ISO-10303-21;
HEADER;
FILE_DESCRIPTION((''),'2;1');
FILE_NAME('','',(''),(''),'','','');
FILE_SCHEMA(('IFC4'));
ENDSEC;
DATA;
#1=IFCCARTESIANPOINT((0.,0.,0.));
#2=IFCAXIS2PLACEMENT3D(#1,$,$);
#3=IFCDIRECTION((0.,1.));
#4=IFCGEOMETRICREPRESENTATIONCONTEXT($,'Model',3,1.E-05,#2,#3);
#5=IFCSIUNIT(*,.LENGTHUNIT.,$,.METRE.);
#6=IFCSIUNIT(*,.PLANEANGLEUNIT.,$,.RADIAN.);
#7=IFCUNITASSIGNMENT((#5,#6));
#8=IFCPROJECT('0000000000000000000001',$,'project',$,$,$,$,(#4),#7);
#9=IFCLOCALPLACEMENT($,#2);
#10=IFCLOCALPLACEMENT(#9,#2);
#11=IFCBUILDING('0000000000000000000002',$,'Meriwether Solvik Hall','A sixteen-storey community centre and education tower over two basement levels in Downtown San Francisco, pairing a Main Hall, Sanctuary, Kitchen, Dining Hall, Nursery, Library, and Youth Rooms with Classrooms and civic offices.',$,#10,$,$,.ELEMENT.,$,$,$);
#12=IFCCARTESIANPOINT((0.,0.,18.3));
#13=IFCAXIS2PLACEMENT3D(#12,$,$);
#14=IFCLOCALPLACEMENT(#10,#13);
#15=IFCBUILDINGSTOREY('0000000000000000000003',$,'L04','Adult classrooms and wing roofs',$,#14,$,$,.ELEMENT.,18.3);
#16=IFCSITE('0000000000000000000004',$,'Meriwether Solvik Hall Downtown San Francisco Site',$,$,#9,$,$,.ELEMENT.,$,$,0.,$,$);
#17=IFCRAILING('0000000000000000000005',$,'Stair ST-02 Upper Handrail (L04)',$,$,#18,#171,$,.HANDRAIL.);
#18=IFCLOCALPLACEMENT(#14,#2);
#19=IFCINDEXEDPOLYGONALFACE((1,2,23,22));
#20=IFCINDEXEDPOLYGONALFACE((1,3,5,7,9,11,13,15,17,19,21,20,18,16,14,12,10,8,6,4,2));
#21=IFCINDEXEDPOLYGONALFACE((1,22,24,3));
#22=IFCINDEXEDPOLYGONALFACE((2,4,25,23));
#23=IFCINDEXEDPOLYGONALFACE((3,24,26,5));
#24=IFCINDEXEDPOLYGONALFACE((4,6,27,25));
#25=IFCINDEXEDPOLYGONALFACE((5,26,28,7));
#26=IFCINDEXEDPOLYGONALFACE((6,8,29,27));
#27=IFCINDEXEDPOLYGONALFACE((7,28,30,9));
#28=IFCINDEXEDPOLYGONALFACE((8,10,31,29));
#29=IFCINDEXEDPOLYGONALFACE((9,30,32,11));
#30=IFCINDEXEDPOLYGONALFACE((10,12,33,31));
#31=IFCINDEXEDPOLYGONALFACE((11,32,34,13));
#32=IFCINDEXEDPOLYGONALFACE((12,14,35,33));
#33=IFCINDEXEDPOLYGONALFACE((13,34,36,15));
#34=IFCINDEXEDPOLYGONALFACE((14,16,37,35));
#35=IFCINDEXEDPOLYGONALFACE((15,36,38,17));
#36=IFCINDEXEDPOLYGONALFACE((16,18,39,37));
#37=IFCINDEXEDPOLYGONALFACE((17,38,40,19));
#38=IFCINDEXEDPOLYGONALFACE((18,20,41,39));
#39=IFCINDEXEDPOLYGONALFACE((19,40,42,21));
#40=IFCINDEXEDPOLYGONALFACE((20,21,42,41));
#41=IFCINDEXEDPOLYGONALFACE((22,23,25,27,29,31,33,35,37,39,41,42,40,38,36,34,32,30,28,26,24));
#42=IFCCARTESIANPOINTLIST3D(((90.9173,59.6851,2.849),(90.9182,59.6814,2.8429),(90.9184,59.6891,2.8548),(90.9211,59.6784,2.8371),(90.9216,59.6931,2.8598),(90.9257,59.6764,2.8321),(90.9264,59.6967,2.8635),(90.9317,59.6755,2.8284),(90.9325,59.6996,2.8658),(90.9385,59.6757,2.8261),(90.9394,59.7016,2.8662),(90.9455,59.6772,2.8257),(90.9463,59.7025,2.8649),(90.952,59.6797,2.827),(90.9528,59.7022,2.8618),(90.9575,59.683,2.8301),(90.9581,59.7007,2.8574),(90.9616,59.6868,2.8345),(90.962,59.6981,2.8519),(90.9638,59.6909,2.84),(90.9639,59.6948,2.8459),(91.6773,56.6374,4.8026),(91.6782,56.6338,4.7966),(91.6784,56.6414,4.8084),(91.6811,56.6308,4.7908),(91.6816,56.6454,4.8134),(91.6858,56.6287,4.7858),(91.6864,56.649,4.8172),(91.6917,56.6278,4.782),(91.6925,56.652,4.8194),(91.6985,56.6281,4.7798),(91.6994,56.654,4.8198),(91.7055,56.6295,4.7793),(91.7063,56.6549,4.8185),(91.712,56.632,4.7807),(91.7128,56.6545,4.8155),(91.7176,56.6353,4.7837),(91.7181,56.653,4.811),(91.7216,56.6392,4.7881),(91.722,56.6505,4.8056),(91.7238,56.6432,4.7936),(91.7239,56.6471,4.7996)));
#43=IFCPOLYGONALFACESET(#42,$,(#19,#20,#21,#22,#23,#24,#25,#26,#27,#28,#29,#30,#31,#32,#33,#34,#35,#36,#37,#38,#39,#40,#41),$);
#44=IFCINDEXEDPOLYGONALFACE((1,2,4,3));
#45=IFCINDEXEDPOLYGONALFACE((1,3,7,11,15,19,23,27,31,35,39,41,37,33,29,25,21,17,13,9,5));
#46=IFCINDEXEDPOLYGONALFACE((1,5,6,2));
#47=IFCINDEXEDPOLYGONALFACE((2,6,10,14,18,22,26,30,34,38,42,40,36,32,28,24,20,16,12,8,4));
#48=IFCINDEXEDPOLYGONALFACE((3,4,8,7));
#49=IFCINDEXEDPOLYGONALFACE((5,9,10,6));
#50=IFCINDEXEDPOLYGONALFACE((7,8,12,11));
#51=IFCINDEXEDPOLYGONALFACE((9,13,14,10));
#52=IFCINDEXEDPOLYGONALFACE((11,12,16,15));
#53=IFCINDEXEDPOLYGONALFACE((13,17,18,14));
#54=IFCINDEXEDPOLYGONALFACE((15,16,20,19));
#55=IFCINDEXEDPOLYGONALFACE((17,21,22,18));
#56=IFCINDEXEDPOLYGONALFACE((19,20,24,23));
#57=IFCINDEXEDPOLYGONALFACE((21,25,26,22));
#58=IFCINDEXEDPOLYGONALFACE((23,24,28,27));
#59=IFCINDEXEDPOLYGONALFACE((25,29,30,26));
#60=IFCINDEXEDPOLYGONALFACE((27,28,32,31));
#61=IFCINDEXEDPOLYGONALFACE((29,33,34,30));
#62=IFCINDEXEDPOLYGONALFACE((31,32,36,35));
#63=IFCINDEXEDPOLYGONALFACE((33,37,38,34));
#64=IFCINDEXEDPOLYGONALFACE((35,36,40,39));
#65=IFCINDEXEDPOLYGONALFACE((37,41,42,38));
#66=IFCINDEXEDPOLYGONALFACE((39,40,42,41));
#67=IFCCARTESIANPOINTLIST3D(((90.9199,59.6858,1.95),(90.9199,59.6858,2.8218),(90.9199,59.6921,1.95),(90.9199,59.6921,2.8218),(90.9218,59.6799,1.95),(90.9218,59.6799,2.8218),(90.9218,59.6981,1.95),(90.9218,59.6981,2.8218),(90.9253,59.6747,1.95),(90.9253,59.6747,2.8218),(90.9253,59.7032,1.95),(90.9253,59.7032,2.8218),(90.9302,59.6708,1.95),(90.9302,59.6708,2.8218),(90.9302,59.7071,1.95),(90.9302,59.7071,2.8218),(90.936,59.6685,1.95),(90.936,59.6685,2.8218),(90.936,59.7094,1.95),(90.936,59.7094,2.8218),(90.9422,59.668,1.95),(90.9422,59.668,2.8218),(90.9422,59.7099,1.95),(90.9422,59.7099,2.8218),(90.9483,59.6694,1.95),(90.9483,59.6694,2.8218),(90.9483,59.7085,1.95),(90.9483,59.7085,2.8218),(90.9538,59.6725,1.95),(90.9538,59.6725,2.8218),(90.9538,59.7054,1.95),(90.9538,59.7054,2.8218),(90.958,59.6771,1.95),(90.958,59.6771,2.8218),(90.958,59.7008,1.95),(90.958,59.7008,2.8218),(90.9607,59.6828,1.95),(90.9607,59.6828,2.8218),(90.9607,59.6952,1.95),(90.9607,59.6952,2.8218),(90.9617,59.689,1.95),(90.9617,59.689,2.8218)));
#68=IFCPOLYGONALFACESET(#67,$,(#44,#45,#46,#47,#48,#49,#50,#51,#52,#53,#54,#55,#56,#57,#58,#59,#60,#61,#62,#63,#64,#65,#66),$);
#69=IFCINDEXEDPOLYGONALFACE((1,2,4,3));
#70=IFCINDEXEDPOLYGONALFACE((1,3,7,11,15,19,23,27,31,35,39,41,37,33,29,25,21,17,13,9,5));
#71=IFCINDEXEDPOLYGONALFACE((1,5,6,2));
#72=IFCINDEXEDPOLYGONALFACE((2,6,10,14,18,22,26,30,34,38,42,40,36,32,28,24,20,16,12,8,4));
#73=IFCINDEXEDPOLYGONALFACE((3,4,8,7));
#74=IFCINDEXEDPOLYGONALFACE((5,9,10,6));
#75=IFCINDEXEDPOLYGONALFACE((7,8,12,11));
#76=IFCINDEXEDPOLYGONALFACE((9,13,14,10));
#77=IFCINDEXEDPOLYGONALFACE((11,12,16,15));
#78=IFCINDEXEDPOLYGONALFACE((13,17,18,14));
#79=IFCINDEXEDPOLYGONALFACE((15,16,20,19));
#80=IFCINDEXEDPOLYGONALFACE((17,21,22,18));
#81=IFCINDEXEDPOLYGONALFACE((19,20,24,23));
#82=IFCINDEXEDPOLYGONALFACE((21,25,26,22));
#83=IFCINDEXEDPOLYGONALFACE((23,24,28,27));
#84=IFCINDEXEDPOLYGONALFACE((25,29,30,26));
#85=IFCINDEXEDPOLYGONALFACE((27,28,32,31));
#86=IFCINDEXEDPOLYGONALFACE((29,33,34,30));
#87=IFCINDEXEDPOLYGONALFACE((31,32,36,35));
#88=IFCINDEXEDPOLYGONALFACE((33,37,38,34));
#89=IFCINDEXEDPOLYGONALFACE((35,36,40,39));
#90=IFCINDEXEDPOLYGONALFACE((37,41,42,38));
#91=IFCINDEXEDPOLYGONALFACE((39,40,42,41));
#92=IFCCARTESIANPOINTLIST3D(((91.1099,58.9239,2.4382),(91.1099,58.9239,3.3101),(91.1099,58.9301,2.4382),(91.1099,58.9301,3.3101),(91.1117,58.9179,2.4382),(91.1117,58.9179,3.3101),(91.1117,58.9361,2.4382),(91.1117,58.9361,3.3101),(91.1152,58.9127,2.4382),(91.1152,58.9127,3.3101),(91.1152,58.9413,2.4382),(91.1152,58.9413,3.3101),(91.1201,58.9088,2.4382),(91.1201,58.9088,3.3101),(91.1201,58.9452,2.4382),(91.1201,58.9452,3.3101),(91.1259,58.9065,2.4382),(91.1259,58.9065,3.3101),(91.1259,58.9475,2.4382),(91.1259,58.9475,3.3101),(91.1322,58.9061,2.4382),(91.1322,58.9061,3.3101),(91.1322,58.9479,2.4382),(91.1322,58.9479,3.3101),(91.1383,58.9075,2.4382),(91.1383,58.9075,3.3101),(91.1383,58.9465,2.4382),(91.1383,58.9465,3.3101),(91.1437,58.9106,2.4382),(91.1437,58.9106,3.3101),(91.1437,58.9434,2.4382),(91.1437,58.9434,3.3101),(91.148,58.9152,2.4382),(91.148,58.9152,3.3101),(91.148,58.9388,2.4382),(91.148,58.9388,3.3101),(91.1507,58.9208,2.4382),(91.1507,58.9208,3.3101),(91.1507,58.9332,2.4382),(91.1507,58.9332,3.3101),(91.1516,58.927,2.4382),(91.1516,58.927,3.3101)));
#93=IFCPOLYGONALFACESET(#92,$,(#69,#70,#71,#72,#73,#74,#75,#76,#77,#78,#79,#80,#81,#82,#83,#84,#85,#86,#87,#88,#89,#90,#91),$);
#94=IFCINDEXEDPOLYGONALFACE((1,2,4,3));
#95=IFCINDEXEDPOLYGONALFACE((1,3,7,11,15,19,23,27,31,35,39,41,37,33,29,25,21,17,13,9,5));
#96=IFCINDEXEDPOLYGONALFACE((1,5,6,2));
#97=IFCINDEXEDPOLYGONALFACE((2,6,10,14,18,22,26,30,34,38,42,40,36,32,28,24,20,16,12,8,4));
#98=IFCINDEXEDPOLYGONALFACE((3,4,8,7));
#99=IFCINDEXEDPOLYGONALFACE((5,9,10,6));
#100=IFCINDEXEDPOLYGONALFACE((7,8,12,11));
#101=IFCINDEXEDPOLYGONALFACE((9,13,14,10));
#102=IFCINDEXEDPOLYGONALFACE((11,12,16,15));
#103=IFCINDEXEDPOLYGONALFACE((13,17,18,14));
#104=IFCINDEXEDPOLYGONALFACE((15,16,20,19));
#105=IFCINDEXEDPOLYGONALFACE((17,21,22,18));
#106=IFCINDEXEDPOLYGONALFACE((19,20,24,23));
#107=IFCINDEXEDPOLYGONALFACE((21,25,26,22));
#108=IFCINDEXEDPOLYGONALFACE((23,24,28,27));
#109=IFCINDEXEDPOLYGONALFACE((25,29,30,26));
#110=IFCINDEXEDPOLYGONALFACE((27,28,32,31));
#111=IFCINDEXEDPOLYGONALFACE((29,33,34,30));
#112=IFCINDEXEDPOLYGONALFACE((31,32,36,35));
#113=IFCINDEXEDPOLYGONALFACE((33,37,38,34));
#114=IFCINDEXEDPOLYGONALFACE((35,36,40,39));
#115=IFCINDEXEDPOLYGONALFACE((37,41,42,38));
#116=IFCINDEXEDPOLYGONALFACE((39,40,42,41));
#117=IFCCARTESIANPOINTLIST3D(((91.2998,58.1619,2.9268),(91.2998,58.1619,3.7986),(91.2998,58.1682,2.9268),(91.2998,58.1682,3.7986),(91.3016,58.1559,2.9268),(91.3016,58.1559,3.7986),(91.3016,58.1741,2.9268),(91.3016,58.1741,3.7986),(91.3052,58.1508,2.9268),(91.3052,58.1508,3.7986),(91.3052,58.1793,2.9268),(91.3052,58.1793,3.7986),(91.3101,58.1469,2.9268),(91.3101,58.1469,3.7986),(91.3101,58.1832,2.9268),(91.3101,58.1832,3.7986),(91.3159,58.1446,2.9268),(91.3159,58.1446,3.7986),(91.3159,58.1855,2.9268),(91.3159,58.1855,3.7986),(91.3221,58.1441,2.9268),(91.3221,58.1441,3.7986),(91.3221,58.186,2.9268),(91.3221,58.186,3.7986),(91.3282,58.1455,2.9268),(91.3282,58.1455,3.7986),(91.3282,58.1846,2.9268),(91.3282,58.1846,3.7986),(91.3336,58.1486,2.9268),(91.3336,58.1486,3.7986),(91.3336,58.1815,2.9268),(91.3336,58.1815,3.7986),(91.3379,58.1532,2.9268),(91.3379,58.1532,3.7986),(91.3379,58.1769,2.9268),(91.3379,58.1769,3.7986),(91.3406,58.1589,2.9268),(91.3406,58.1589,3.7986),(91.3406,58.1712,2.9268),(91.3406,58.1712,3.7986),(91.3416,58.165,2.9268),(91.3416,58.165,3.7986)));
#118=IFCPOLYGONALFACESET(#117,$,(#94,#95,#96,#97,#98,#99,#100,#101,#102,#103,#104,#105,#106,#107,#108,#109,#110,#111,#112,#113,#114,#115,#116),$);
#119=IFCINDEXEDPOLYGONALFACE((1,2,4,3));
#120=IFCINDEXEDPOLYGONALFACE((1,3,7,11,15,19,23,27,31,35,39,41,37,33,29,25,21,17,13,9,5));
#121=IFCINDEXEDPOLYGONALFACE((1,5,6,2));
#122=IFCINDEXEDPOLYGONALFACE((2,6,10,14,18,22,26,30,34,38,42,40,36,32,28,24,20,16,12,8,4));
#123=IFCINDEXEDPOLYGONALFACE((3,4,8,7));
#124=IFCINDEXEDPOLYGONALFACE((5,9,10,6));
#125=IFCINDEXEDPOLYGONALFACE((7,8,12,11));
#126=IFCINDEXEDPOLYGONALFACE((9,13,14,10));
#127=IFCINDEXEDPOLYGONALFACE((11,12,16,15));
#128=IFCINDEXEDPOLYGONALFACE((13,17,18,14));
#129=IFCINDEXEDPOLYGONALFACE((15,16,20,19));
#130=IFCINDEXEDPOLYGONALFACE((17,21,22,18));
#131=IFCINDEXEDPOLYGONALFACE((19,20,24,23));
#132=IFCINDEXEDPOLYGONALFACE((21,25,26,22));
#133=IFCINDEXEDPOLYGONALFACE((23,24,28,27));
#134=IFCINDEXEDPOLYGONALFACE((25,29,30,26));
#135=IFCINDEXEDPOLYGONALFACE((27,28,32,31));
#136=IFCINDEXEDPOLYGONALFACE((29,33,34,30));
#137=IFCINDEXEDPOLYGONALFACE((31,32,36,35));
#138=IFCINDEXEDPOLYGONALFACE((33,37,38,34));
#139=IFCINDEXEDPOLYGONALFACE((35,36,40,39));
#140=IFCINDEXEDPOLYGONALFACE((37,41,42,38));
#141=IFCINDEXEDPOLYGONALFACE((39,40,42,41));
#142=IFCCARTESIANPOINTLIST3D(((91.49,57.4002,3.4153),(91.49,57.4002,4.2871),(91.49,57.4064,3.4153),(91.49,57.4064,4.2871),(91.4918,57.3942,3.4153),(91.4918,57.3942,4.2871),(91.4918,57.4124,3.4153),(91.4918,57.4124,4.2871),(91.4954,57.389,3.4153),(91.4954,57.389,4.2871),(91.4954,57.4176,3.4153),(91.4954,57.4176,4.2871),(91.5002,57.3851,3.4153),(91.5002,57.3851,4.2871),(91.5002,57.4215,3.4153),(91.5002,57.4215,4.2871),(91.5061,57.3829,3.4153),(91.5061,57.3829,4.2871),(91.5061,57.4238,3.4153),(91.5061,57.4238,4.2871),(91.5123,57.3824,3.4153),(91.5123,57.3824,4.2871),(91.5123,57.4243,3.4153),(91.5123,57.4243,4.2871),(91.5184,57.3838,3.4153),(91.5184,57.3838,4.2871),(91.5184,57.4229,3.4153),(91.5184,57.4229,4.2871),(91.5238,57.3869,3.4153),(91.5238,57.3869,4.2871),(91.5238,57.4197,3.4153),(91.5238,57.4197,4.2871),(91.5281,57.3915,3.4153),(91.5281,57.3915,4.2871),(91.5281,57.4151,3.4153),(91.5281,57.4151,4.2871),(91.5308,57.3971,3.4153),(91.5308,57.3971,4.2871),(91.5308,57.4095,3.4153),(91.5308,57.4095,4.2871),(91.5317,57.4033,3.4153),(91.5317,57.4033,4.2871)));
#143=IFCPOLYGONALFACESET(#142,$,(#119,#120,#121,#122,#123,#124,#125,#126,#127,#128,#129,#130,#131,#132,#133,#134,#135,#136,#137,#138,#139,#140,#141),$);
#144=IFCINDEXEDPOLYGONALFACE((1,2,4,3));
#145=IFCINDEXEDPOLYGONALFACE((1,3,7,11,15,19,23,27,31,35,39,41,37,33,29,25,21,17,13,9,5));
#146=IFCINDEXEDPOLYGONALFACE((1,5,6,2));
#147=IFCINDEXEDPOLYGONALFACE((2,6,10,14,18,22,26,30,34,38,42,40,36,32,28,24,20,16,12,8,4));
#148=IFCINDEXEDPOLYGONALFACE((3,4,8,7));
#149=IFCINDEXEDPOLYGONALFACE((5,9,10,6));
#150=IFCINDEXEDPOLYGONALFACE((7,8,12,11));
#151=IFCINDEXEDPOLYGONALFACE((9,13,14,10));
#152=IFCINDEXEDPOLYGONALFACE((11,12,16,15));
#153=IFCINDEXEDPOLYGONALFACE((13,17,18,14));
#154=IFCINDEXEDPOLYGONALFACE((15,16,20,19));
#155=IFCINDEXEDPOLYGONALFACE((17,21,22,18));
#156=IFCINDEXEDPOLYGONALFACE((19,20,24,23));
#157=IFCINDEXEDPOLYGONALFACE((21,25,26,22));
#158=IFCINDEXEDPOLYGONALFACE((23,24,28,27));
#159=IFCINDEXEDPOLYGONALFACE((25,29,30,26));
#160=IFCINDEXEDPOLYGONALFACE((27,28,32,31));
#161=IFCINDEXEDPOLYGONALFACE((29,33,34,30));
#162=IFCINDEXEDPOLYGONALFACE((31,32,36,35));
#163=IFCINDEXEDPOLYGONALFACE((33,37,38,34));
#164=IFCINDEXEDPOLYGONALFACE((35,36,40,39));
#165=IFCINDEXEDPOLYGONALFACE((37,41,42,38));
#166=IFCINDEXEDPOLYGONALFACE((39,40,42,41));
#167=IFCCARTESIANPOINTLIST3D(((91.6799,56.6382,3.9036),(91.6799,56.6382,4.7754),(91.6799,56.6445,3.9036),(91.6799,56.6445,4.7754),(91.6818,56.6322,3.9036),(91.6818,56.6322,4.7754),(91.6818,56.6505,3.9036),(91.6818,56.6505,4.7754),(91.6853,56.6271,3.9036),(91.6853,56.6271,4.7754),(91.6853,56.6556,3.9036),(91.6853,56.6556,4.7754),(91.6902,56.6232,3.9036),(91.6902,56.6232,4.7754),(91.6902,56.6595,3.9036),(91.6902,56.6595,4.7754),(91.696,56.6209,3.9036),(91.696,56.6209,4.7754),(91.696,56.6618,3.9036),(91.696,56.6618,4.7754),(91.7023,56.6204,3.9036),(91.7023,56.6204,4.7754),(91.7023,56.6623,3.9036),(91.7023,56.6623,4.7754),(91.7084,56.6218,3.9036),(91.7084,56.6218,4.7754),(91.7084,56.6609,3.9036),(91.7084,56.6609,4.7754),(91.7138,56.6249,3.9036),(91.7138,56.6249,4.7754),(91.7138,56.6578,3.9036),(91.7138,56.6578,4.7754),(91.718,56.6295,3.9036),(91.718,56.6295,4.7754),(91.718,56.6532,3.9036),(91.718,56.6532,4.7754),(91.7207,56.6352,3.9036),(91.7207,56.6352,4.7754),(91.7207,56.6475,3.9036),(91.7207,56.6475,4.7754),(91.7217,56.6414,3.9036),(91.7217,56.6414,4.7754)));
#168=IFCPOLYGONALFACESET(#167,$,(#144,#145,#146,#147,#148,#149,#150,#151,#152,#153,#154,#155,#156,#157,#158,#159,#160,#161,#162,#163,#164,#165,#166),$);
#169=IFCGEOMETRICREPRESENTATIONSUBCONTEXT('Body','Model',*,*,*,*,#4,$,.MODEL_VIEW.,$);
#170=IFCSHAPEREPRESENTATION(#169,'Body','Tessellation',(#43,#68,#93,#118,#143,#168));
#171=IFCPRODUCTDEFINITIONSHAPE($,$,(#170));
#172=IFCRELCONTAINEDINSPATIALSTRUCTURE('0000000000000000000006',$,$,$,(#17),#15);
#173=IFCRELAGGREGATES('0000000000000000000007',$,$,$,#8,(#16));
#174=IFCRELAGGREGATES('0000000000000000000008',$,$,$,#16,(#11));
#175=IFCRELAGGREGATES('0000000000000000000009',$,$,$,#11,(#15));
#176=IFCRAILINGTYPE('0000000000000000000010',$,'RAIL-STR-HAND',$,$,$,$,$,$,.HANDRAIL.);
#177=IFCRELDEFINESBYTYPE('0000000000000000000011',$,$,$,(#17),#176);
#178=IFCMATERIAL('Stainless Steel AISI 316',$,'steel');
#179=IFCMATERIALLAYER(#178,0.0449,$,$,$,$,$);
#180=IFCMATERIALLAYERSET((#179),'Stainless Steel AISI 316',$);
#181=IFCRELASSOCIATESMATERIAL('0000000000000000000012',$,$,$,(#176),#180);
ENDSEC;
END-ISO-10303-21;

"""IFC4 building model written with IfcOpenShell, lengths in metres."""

from ifc_helpers import new_model, si_unit, direction, frame, origin, origin_2d, place, context, subcontext, project, spatial, circle, extrude, material, layer, layer_set, type_object, element, save


model = new_model("IFC4")

# Units and contexts
model_context = context("Model", 3, precision=1e-05, world=origin(), true_north=direction((0.0, 1.0)))
body_context = subcontext(model_context, "Body", "Model", "MODEL_VIEW")
ifc_project = project(units=[si_unit("LENGTHUNIT", "METRE"), si_unit("PLANEANGLEUNIT", "RADIAN")], contexts=[model_context])

# Site, building, storey
site_placement = place(None, origin())
site = spatial("IfcSite", under=ifc_project, at=site_placement, Name="Meriwether Solvik Hall Downtown San Francisco Site", CompositionType="ELEMENT", RefElevation=0.0)
building_placement = place(site_placement, origin())
building = spatial("IfcBuilding", under=site, at=building_placement, Name="Meriwether Solvik Hall", Description="A sixteen-storey community centre and education tower over two basement levels in Downtown San Francisco, pairing a Main Hall, Sanctuary, Kitchen, Dining Hall, Nursery, Library, and Youth Rooms with Classrooms and civic offices.", CompositionType="ELEMENT")
storey_placement = place(building_placement, frame((0.0, 0.0, 18.3)))
storey = spatial("IfcBuildingStorey", under=building, at=storey_placement, Name="L04", Description="Adult classrooms and wing roofs", CompositionType="ELEMENT", Elevation=18.3)

# Railing
ifc_material_1 = material(Name="Stainless Steel AISI 316", Category="steel")
ifc_layer_1 = layer(ifc_material_1, 0.0449)
ifc_layer_set_1 = layer_set([ifc_layer_1], Name="Stainless Steel AISI 316")
railing_type_1 = type_object("IfcRailingType", Name="RAIL-STR-HAND", PredefinedType="HANDRAIL", material=ifc_layer_set_1)
railing_1_placement = place(storey_placement, frame((90.9407, 59.689, 1.95)))
element("IfcRailing", 1, at=railing_1_placement, inside=storey, type_object=railing_type_1, Name="Stair ST-02 Upper Handrail (L04)", PredefinedType="HANDRAIL", context=body_context, shape_type="SweptSolid", body=[
    extrude(circle(Radius=0.0239, at=origin_2d()), frame((0.0, 0.0, 0.896), z_axis=(0.205467, -0.823915, 0.528155), x_axis=(0.970284, 0.241969, 0.0)), (0.0, 0.0, 1.0), 3.699),
    extrude(circle(Radius=0.021, at=origin_2d()), origin(), (0.0, 0.0, 1.0), 0.8718),
    extrude(circle(Radius=0.021, at=origin_2d()), frame((0.1899, -0.762, 0.4883)), (0.0, 0.0, 1.0), 0.8718),
    extrude(circle(Radius=0.021, at=origin_2d()), frame((0.3799, -1.5239, 0.9768)), (0.0, 0.0, 1.0), 0.8718),
    extrude(circle(Radius=0.021, at=origin_2d()), frame((0.5701, -2.2856, 1.4653)), (0.0, 0.0, 1.0), 0.8718),
    extrude(circle(Radius=0.021, at=origin_2d()), frame((0.76, -3.0476, 1.9536)), (0.0, 0.0, 1.0), 0.8718),
])

save(model, "model.ifc")
